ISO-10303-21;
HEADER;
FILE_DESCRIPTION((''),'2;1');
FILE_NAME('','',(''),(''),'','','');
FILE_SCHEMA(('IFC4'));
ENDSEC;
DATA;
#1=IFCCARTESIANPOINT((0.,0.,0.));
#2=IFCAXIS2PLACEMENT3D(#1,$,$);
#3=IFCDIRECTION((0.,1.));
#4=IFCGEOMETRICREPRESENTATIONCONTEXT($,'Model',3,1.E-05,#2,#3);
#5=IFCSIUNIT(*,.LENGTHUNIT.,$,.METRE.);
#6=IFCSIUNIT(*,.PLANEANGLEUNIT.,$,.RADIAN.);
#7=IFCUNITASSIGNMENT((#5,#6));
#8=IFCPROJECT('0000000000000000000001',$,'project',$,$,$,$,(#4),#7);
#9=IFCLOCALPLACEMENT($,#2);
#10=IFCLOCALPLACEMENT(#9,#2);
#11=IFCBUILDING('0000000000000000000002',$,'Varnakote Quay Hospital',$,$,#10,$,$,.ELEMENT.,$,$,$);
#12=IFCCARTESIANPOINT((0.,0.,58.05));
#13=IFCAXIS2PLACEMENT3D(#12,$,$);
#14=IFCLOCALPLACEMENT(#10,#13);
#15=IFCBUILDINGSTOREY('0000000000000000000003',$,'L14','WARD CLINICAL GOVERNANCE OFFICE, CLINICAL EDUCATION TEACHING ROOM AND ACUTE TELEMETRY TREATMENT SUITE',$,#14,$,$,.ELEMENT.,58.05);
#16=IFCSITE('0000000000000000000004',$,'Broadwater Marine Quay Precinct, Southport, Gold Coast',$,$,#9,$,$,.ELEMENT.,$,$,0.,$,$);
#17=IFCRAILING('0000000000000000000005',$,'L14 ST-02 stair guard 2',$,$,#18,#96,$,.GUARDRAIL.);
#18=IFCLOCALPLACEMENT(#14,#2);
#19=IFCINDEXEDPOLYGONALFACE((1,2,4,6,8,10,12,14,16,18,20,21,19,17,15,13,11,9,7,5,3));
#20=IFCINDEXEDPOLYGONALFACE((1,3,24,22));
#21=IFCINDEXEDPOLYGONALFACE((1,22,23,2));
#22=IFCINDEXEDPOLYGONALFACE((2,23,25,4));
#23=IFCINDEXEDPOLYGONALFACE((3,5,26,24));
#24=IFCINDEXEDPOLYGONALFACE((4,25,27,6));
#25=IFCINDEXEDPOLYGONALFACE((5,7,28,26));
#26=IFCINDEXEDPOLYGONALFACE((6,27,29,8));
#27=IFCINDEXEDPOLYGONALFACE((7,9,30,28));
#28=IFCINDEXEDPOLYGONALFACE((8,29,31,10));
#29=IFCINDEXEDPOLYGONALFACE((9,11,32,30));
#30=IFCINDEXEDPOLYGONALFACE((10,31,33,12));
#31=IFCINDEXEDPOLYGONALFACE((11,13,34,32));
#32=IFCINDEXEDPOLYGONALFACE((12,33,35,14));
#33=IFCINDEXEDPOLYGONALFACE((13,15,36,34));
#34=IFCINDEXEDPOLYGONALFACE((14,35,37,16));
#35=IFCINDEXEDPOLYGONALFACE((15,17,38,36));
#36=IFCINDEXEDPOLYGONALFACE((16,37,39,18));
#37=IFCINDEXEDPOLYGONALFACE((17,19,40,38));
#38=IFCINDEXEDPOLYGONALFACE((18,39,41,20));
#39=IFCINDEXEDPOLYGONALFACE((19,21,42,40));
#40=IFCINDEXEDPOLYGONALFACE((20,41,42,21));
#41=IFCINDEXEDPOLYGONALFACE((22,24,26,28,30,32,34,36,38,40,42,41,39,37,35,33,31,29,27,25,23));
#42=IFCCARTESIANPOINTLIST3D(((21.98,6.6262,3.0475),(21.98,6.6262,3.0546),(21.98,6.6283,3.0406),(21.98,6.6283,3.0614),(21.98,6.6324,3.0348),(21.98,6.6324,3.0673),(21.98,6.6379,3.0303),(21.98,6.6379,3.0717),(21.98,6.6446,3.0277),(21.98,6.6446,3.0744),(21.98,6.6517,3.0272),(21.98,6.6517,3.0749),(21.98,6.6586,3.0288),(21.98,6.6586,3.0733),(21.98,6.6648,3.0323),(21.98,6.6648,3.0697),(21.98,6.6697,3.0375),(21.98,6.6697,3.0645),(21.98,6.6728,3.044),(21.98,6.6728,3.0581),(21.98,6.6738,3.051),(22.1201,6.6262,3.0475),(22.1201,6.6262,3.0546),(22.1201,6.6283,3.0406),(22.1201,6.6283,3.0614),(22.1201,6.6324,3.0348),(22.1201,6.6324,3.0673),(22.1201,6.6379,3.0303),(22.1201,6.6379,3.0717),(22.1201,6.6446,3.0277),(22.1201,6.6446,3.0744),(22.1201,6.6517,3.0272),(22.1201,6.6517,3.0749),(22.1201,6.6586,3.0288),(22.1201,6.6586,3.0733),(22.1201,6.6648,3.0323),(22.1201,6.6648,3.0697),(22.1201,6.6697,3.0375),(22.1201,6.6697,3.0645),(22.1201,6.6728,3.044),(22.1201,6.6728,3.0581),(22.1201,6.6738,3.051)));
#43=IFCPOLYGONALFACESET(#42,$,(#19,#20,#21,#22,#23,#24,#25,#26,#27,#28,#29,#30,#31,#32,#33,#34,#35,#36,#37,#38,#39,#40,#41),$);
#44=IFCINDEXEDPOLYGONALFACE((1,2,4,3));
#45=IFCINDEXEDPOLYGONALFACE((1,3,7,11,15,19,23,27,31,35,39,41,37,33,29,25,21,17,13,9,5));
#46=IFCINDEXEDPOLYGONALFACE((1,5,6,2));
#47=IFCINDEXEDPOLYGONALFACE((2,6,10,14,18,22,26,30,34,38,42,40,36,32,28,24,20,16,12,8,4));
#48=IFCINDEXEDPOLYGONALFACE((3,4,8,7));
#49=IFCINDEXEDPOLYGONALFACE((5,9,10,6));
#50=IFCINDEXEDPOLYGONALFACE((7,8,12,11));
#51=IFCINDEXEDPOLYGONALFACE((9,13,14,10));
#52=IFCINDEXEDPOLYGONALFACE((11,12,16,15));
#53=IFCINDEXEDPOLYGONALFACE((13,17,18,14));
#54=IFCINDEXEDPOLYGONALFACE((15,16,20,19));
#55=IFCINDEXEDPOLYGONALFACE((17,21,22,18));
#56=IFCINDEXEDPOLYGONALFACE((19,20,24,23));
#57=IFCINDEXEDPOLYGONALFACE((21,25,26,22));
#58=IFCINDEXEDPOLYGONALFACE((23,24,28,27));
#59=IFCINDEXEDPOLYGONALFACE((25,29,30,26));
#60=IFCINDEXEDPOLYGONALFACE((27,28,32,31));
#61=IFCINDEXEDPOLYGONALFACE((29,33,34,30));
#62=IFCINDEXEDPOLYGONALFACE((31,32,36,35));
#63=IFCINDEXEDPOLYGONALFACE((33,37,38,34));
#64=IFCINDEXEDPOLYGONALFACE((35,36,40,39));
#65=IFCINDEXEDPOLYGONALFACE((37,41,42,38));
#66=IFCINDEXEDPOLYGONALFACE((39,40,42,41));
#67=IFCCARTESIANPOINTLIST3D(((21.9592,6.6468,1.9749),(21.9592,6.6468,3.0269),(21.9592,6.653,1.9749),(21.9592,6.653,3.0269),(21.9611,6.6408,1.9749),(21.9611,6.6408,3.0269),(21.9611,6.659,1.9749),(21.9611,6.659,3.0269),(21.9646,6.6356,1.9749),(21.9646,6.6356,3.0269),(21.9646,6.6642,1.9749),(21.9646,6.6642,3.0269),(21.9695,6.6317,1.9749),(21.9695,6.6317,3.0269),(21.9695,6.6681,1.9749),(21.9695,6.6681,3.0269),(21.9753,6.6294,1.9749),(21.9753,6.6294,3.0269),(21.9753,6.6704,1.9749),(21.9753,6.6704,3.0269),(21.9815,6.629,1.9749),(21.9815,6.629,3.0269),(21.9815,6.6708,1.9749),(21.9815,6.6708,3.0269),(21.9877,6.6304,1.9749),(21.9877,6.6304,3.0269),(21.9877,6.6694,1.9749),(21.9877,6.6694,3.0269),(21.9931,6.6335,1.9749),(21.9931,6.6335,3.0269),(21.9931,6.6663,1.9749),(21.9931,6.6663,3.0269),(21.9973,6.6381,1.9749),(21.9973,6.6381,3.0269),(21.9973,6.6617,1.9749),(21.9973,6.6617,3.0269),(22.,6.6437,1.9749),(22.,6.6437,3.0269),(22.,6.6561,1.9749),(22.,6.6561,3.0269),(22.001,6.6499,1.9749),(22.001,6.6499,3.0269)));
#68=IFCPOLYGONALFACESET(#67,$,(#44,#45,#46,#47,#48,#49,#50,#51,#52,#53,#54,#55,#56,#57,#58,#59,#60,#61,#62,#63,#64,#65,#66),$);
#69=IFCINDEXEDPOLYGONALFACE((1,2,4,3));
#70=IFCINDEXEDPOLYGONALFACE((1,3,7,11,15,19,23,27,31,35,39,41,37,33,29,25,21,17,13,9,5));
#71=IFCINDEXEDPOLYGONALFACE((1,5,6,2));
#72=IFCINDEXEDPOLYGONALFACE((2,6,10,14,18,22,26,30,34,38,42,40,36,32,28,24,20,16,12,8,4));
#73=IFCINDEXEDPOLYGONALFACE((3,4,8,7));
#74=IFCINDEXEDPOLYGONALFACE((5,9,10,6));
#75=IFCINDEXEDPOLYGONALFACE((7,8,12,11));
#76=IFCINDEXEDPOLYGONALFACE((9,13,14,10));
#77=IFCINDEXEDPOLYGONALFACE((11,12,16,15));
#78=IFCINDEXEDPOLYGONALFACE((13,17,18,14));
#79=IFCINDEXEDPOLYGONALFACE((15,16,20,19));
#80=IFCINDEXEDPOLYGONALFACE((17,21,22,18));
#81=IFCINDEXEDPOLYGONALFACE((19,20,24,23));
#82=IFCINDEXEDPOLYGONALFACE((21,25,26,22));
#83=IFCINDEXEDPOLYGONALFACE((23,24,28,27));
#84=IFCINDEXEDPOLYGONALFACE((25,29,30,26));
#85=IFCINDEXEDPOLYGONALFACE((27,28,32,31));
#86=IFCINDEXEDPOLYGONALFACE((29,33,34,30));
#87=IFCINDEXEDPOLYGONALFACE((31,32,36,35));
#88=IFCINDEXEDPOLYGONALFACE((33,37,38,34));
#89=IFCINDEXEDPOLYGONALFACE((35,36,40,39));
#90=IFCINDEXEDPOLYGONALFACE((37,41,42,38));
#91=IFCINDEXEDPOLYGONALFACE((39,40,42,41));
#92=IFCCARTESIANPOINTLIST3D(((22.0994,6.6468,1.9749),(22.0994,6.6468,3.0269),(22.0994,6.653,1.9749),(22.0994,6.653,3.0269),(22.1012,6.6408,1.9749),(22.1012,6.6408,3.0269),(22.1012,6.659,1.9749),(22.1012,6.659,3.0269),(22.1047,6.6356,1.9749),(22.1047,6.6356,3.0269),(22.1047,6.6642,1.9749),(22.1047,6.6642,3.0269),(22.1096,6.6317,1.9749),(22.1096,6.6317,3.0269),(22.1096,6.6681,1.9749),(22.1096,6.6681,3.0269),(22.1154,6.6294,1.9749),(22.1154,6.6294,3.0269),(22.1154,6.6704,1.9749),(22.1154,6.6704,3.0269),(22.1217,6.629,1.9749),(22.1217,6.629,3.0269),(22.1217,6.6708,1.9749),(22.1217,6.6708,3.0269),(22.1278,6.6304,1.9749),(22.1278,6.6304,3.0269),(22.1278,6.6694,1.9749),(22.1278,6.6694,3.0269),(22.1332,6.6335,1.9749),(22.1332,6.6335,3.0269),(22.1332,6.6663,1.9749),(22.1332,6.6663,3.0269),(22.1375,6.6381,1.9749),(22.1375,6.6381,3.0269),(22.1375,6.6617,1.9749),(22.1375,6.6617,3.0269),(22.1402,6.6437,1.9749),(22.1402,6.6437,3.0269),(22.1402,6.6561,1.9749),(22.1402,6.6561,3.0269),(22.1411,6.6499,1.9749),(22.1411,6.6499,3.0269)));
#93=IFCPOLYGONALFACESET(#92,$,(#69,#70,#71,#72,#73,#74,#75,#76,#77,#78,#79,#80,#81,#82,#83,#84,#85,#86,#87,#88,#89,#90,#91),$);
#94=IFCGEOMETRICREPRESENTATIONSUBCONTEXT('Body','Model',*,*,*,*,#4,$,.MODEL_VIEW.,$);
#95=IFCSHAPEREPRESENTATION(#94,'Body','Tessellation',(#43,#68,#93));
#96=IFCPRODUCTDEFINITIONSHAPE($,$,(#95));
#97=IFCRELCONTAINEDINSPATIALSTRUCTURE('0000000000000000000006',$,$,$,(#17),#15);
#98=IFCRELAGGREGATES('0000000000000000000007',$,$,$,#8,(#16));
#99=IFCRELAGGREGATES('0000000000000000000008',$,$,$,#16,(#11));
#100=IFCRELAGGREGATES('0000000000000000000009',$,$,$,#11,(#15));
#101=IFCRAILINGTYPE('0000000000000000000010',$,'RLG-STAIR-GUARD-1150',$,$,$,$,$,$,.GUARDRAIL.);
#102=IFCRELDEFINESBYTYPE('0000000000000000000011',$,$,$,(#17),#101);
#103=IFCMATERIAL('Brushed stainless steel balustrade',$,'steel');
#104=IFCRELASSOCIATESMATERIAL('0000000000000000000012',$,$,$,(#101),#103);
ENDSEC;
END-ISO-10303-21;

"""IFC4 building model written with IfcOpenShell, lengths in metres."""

from ifc_helpers import new_model, si_unit, direction, frame, origin, origin_2d, place, context, subcontext, project, spatial, circle, extrude, material, type_object, element, save


model = new_model("IFC4")

# Units and contexts
model_context = context("Model", 3, precision=1e-05, world=origin(), true_north=direction((0.0, 1.0)))
body_context = subcontext(model_context, "Body", "Model", "MODEL_VIEW")
ifc_project = project(units=[si_unit("LENGTHUNIT", "METRE"), si_unit("PLANEANGLEUNIT", "RADIAN")], contexts=[model_context])

# Site, building, storey
site_placement = place(None, origin())
site = spatial("IfcSite", under=ifc_project, at=site_placement, Name="Broadwater Marine Quay Precinct, Southport, Gold Coast", CompositionType="ELEMENT", RefElevation=0.0)
building_placement = place(site_placement, origin())
building = spatial("IfcBuilding", under=site, at=building_placement, Name="Varnakote Quay Hospital", CompositionType="ELEMENT")
storey_placement = place(building_placement, frame((0.0, 0.0, 58.05)))
storey = spatial("IfcBuildingStorey", under=building, at=storey_placement, Name="L14", Description="WARD CLINICAL GOVERNANCE OFFICE, CLINICAL EDUCATION TEACHING ROOM AND ACUTE TELEMETRY TREATMENT SUITE", CompositionType="ELEMENT", Elevation=58.05)

# Railing
ifc_material_1 = material(Name="Brushed stainless steel balustrade", Category="steel")
railing_type_1 = type_object("IfcRailingType", Name="RLG-STAIR-GUARD-1150", PredefinedType="GUARDRAIL", material=ifc_material_1)
railing_1_placement = place(storey_placement, frame((21.98, 6.6499, 1.9749)))
element("IfcRailing", 1, at=railing_1_placement, inside=storey, type_object=railing_type_1, Name="L14 ST-02 stair guard 2", PredefinedType="GUARDRAIL", context=body_context, shape_type="SweptSolid", body=[
    extrude(circle(Radius=0.0239, at=origin_2d()), frame((0.0, 0.0, 1.0762), z_axis=(1.0, 0.0, 0.0), x_axis=(0.0, 1.0, 0.0)), (0.0, 0.0, 1.0), 0.1401),
    extrude(circle(Radius=0.021, at=origin_2d()), origin(), (0.0, 0.0, 1.0), 1.052),
    extrude(circle(Radius=0.021, at=origin_2d()), frame((0.1401, 0.0, 0.0)), (0.0, 0.0, 1.0), 1.052),
])

save(model, "model.ifc")
